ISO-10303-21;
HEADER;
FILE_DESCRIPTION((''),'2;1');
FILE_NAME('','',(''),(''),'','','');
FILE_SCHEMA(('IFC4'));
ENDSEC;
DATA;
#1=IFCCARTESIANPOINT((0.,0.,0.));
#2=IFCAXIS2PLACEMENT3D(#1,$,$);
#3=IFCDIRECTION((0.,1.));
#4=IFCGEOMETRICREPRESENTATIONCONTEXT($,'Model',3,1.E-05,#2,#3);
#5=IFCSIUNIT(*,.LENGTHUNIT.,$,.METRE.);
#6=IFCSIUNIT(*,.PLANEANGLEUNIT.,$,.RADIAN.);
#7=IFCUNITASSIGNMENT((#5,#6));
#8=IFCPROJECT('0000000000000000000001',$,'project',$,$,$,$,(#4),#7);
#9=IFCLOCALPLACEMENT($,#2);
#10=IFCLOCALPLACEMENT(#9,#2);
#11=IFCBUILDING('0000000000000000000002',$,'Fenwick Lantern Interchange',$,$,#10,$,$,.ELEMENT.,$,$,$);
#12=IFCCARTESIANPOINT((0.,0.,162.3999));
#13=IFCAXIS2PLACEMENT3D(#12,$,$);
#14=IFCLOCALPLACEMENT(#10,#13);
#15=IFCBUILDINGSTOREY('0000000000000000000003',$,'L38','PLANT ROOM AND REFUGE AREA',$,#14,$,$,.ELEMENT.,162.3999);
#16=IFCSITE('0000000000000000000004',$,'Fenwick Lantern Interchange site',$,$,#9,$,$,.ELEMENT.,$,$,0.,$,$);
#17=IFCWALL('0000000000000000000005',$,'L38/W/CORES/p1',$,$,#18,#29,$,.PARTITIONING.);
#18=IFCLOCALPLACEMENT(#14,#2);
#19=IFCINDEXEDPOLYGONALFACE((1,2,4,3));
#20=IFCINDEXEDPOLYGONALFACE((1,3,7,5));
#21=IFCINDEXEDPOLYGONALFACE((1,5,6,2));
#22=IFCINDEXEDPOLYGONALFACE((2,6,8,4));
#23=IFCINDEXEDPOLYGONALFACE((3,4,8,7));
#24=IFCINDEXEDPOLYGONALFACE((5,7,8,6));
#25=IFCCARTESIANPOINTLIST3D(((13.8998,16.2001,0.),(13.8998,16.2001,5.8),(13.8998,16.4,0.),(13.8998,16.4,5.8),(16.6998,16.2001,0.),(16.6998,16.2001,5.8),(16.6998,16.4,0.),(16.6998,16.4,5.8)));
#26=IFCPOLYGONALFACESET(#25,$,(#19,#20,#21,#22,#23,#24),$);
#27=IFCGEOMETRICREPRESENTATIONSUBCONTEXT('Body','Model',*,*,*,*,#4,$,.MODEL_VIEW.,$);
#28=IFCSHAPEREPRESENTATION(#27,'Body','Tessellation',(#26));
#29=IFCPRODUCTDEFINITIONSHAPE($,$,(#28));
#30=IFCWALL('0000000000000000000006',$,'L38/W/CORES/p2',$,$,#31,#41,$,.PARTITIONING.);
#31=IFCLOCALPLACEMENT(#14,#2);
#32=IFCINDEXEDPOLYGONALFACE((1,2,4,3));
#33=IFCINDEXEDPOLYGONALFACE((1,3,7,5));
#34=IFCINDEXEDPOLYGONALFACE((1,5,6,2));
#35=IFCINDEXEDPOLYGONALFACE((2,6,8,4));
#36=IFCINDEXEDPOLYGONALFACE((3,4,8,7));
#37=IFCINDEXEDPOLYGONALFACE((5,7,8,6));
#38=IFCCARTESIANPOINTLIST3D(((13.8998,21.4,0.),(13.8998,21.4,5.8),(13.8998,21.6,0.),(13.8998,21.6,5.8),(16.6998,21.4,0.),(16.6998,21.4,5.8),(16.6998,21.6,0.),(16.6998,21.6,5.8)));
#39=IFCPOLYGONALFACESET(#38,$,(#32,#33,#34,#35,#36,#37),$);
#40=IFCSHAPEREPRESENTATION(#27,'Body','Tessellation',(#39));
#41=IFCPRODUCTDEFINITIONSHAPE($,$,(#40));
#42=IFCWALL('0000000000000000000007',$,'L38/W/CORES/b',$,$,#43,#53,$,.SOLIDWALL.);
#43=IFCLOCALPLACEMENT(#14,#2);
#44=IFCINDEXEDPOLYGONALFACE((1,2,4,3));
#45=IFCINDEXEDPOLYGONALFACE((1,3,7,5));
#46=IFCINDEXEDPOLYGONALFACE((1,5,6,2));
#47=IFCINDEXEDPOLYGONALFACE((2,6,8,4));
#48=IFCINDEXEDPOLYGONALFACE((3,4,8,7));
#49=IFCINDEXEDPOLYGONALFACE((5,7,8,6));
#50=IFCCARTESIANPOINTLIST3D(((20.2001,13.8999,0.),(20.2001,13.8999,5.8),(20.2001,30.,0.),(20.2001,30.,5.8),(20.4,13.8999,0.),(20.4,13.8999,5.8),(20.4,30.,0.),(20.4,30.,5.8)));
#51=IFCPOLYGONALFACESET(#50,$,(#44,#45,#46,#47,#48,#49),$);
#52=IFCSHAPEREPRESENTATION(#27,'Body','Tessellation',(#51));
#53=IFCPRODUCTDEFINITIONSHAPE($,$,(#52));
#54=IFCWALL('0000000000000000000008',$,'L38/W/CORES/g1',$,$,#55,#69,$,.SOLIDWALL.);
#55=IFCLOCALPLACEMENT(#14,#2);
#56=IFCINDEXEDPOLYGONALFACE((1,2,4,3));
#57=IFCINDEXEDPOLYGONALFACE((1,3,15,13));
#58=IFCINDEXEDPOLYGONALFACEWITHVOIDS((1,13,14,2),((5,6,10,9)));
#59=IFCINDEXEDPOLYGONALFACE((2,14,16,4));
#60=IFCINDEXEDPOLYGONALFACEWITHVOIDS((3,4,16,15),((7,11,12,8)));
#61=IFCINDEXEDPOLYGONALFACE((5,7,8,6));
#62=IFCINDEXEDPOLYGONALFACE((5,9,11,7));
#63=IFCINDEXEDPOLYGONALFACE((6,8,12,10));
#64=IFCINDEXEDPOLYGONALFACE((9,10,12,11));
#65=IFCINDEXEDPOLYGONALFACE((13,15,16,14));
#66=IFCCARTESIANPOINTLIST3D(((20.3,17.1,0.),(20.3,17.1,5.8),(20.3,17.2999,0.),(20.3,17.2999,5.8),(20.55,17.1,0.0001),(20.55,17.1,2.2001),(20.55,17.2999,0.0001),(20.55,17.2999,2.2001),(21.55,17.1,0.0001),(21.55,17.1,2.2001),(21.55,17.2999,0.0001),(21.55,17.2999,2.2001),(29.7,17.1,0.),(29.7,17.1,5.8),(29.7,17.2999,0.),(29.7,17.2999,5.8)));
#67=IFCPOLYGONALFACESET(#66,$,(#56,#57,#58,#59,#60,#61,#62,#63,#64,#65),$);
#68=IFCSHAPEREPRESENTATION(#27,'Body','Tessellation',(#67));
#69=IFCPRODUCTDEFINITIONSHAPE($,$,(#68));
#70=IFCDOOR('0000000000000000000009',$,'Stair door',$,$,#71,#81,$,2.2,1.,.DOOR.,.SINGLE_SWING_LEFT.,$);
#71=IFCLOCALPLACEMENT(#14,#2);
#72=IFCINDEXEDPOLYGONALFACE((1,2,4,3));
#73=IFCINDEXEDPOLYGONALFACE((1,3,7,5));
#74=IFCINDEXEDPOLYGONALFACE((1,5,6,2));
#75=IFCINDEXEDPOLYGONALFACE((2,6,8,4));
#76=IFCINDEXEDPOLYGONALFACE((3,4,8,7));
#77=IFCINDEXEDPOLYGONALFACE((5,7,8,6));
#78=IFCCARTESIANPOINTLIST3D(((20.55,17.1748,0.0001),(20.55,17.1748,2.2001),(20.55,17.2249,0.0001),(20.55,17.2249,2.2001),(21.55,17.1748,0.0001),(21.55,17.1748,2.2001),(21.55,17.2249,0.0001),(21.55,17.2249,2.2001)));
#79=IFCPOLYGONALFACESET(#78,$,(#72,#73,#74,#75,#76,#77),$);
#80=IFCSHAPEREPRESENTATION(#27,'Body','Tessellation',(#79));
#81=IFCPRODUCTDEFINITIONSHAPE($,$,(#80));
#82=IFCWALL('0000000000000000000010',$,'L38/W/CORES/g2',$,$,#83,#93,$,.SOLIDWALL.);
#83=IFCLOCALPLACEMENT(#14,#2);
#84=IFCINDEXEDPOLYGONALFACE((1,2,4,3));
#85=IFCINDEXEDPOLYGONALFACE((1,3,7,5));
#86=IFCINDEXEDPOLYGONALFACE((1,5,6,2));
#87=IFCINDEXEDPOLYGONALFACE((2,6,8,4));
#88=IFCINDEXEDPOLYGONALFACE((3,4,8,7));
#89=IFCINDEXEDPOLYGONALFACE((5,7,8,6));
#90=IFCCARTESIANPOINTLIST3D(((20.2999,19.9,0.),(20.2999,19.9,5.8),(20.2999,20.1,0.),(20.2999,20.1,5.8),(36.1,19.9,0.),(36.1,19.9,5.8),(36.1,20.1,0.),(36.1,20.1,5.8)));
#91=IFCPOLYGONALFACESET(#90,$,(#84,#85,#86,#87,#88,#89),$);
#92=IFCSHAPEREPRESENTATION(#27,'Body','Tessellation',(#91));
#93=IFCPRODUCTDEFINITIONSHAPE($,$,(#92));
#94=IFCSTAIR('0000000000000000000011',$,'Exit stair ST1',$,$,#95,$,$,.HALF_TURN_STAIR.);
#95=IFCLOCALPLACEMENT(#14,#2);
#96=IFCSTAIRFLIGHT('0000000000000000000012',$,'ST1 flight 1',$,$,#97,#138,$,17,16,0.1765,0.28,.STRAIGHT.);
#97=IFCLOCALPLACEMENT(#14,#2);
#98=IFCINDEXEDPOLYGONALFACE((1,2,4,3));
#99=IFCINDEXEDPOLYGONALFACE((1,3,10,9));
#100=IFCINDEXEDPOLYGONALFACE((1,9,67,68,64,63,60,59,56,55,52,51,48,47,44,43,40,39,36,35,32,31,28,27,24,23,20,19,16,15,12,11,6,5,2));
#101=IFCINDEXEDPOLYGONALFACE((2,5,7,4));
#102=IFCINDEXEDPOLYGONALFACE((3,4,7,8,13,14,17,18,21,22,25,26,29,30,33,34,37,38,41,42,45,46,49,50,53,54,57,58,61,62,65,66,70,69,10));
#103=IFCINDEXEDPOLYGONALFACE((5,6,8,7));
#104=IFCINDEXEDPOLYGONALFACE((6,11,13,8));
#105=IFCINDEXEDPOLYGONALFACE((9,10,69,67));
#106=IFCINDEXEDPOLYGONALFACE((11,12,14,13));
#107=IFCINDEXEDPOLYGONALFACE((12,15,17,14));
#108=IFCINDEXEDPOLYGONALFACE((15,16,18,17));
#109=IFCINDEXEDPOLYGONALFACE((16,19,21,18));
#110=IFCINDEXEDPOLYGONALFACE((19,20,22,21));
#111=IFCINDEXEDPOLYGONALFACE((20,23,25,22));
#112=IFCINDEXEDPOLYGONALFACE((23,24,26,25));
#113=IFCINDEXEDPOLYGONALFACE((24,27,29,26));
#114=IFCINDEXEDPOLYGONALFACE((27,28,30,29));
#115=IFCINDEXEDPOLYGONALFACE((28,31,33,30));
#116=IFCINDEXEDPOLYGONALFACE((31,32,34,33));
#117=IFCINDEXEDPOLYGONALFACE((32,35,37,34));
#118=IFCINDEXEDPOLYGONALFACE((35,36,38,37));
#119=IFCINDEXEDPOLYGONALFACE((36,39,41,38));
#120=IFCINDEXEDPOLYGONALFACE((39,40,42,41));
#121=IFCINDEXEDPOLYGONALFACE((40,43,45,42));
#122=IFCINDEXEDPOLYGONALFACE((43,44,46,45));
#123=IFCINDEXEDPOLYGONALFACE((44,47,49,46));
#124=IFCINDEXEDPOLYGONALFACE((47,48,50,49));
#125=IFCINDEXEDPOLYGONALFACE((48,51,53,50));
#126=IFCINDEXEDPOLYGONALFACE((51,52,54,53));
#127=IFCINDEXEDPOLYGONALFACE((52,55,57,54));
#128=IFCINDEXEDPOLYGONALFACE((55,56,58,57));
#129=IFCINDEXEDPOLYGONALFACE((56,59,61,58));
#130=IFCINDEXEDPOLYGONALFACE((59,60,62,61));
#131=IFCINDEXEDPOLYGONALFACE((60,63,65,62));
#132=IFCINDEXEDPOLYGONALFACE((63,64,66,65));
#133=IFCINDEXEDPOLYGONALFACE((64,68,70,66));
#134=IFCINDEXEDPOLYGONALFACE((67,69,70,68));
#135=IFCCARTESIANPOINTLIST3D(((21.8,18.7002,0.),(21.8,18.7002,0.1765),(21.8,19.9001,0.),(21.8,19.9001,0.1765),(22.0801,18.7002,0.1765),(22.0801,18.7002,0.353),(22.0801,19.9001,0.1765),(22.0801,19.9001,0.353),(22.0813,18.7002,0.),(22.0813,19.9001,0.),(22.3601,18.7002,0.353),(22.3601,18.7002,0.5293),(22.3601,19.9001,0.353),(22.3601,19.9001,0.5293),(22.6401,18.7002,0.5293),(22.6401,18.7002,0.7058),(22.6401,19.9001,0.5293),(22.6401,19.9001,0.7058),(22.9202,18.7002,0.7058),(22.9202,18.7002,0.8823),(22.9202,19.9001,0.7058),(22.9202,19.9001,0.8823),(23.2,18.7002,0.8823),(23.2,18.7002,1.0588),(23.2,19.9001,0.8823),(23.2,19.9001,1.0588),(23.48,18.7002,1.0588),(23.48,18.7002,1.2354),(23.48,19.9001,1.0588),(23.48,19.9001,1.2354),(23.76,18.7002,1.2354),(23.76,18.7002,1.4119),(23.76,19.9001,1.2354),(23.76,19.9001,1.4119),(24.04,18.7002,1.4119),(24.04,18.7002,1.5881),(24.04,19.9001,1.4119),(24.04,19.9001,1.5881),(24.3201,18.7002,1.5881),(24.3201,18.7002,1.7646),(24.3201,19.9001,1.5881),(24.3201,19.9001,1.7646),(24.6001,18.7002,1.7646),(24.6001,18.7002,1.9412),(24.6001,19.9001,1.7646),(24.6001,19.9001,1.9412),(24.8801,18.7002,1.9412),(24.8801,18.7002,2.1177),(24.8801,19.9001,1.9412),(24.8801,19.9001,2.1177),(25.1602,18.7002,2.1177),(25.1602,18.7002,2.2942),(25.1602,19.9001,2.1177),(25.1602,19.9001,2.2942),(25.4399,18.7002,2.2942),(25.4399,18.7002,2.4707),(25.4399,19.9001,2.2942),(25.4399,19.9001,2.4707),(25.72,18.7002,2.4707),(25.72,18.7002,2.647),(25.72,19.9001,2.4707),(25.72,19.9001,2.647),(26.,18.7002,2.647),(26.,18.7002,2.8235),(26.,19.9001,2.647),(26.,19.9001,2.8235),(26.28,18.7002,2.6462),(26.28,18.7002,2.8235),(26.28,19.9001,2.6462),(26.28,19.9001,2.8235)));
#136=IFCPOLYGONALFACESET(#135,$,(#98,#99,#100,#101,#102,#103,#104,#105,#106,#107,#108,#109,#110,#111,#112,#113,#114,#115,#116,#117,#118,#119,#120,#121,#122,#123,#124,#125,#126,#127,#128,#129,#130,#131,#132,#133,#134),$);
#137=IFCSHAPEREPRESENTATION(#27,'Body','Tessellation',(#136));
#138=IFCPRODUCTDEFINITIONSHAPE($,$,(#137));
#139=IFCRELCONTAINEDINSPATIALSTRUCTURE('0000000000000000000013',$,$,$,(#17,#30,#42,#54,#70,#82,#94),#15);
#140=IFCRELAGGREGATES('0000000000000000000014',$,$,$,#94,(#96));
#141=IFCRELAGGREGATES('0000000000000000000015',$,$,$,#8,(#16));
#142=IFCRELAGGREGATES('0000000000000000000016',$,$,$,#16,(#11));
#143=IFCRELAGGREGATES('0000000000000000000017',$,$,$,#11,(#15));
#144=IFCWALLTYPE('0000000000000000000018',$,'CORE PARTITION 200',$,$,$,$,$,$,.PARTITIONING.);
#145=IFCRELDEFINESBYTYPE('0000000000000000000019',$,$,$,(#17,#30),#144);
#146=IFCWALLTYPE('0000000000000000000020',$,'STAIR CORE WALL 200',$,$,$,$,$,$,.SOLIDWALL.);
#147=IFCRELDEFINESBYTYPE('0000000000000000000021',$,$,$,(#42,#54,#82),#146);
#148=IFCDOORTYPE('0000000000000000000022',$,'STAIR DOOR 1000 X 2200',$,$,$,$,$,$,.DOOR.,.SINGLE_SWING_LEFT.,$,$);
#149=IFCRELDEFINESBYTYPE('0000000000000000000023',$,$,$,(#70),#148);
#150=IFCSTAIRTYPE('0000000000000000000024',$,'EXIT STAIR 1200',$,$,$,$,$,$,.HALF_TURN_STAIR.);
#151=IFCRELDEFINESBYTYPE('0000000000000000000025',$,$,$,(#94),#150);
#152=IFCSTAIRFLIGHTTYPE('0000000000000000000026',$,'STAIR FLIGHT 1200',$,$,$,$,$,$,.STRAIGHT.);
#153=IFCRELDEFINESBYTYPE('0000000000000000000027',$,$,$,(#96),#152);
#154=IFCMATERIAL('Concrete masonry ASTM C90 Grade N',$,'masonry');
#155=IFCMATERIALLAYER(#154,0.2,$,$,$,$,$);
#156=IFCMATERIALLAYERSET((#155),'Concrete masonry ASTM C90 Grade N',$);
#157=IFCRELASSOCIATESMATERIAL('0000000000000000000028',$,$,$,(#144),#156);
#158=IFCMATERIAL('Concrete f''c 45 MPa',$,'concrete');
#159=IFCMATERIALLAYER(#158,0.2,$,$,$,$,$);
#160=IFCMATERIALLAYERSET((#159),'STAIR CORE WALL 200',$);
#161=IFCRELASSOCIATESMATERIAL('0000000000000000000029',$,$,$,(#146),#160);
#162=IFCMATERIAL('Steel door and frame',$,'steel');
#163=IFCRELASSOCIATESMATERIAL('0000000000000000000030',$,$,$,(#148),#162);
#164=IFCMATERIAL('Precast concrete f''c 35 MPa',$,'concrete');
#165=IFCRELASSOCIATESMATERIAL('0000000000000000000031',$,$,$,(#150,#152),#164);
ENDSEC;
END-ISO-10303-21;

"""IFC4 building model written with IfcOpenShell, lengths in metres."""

from ifc_helpers import new_model, si_unit, direction, frame, frame_2d, origin, place, context, subcontext, project, spatial, polyline, rectangle, outline, extrude, material, layer, layer_set, type_object, element, fill, aggregate, save


model = new_model("IFC4")

# Units and contexts
model_context = context("Model", 3, precision=1e-05, world=origin(), true_north=direction((0.0, 1.0)))
body_context = subcontext(model_context, "Body", "Model", "MODEL_VIEW")
ifc_project = project(units=[si_unit("LENGTHUNIT", "METRE"), si_unit("PLANEANGLEUNIT", "RADIAN")], contexts=[model_context])

# Site, building, storey
site_placement = place(None, origin())
site = spatial("IfcSite", under=ifc_project, at=site_placement, Name="Fenwick Lantern Interchange site", CompositionType="ELEMENT", RefElevation=0.0)
building_placement = place(site_placement, origin())
building = spatial("IfcBuilding", under=site, at=building_placement, Name="Fenwick Lantern Interchange", CompositionType="ELEMENT")
storey_placement = place(building_placement, frame((0.0, 0.0, 162.3999)))
storey = spatial("IfcBuildingStorey", under=building, at=storey_placement, Name="L38", Description="PLANT ROOM AND REFUGE AREA", CompositionType="ELEMENT", Elevation=162.3999)

# Shared definitions
ifc_material_1 = material(Name="Concrete masonry ASTM C90 Grade N", Category="masonry")
ifc_layer_1 = layer(ifc_material_1, 0.2)
ifc_layer_set_1 = layer_set([ifc_layer_1], Name="Concrete masonry ASTM C90 Grade N")
wall_type_1 = type_object("IfcWallType", Name="CORE PARTITION 200", PredefinedType="PARTITIONING", material=ifc_layer_set_1)
ifc_material_2 = material(Name="Steel door and frame", Category="steel")

# Walls
for number, where, z_axis, x_axis, name in (
    (1, (13.8999, 16.3, 0.0), (0.0, 0.0, 1.0), (1.0, 0.0, 0.0), "L38/W/CORES/p1"),
    (2, (13.8999, 21.5, 0.0), (0.0, 0.0, 1.0), (1.0, 0.0, 0.0), "L38/W/CORES/p2"),
):
    element("IfcWall", number, at=place(storey_placement, frame(where, z_axis=z_axis, x_axis=x_axis)), inside=storey, type_object=wall_type_1, Name=name, PredefinedType="PARTITIONING", context=body_context, shape_type="SweptSolid", body=[
        extrude(rectangle(XDim=2.8, YDim=0.2, at=frame_2d((1.3999, 0.0))), origin(), (0.0, 0.0, 1.0), 5.8),
    ])

# Wall
ifc_material_3 = material(Name="Concrete f'c 45 MPa", Category="concrete")
ifc_layer_2 = layer(ifc_material_3, 0.2)
ifc_layer_set_2 = layer_set([ifc_layer_2], Name="STAIR CORE WALL 200")
wall_type_2 = type_object("IfcWallType", Name="STAIR CORE WALL 200", PredefinedType="SOLIDWALL", material=ifc_layer_set_2)
wall_1_placement = place(storey_placement, frame((20.3, 13.8999, 0.0), z_axis=(0.0, 0.0, 1.0), x_axis=(0.0, 1.0, 0.0)))
element("IfcWall", 3, at=wall_1_placement, inside=storey, type_object=wall_type_2, Name="L38/W/CORES/b", PredefinedType="SOLIDWALL", context=body_context, shape_type="SweptSolid", body=[
    extrude(rectangle(XDim=16.1001, YDim=0.2, at=frame_2d((8.05, 0.0))), origin(), (0.0, 0.0, 1.0), 5.8),
])

# Wall, opening, door
wall_2_placement = place(storey_placement, frame((20.3, 17.2, 0.0), z_axis=(0.0, 0.0, 1.0), x_axis=(1.0, 0.0, 0.0)))
wall_2 = element("IfcWall", 4, at=wall_2_placement, inside=storey, type_object=wall_type_2, Name="L38/W/CORES/g1", PredefinedType="SOLIDWALL", context=body_context, shape_type="SweptSolid", body=[
    extrude(rectangle(XDim=9.3999, YDim=0.2, at=frame_2d((4.7, 0.0))), origin(), (0.0, 0.0, 1.0), 5.8),
])
opening_1_placement = place(wall_2_placement, frame((0.25, 0.0, 0.0)))
opening_1 = element("IfcOpeningElement", 5, at=opening_1_placement, cuts=wall_2, PredefinedType="OPENING", context=body_context, shape_type="SweptSolid", body=[
    extrude(rectangle(XDim=1.0, YDim=2.2, at=frame_2d((0.5, 1.1001))), frame((0.0, 0.1099, 0.0), z_axis=(0.0, -1.0, 0.0), x_axis=(1.0, 0.0, 0.0)), (0.0, 0.0, 1.0), 0.22),
])
door_type_1 = type_object("IfcDoorType", Name="STAIR DOOR 1000 X 2200", OperationType="SINGLE_SWING_LEFT", PredefinedType="DOOR", material=ifc_material_2)
door_1_placement = place(opening_1_placement, origin())
door_1 = element("IfcDoor", 6, at=door_1_placement, inside=storey, type_object=door_type_1, Name="Stair door", OperationType="SINGLE_SWING_LEFT", OverallHeight=2.2, OverallWidth=1.0, PredefinedType="DOOR", context=body_context, shape_type="SweptSolid", body=[
    extrude(rectangle(XDim=1.0, YDim=2.2, at=frame_2d((0.5, 1.1001))), frame((0.0, 0.0249, 0.0), z_axis=(0.0, -1.0, 0.0), x_axis=(1.0, 0.0, 0.0)), (0.0, 0.0, 1.0), 0.05),
])
fill(opening_1, door_1)

# Wall
wall_3_placement = place(storey_placement, frame((20.3, 20.0, 0.0), z_axis=(0.0, 0.0, 1.0), x_axis=(1.0, 0.0, 0.0)))
element("IfcWall", 7, at=wall_3_placement, inside=storey, type_object=wall_type_2, Name="L38/W/CORES/g2", PredefinedType="SOLIDWALL", context=body_context, shape_type="SweptSolid", body=[
    extrude(rectangle(XDim=15.8, YDim=0.2, at=frame_2d((7.8999, 0.0))), origin(), (0.0, 0.0, 1.0), 5.8),
])

# Stair, stair flight
ifc_material_4 = material(Name="Precast concrete f'c 35 MPa", Category="concrete")
stair_type = type_object("IfcStairType", Name="EXIT STAIR 1200", PredefinedType="HALF_TURN_STAIR", material=ifc_material_4)
stair_placement = place(storey_placement, origin())
stair = element("IfcStair", 8, at=stair_placement, inside=storey, type_object=stair_type, Name="Exit stair ST1", PredefinedType="HALF_TURN_STAIR")
stair_flight_type = type_object("IfcStairFlightType", Name="STAIR FLIGHT 1200", PredefinedType="STRAIGHT", material=ifc_material_4)
stair_flight_placement = place(storey_placement, frame((21.8, 19.3, 0.0), z_axis=(0.0, 0.0, 1.0), x_axis=(1.0, 0.0, 0.0)))
stair_flight = element("IfcStairFlight", 9, at=stair_flight_placement, type_object=stair_flight_type, Name="ST1 flight 1", NumberOfRisers=17, NumberOfTreads=16, PredefinedType="STRAIGHT", RiserHeight=0.1765, TreadLength=0.28, context=body_context, shape_type="SweptSolid", body=[
    extrude(outline(polyline([(0.0, 0.0), (0.0, 0.1765), (0.28, 0.1765), (0.28, 0.353), (0.5601, 0.353), (0.5601, 0.5293), (0.8401, 0.5293), (0.8401, 0.7058), (1.1201, 0.7058), (1.1201, 0.8823), (1.3999, 0.8823), (1.3999, 1.0588), (1.6799, 1.0588), (1.6799, 1.2354), (1.96, 1.2354), (1.96, 1.4119), (2.24, 1.4119), (2.24, 1.5881), (2.52, 1.5881), (2.52, 1.7646), (2.8, 1.7646), (2.8, 1.9412), (3.0801, 1.9412), (3.0801, 2.1177), (3.3601, 2.1177), (3.3601, 2.2942), (3.6399, 2.2942), (3.6399, 2.4707), (3.9199, 2.4707), (3.9199, 2.647), (4.2, 2.647), (4.2, 2.8235), (4.48, 2.8235), (4.48, 3.0), (4.48, 2.6462), (0.2812, 0.0), (0.0, 0.0)])), frame((0.0, 0.6001, 0.0), z_axis=(0.0, -1.0, 0.0), x_axis=(1.0, 0.0, 0.0)), (0.0, 0.0, 1.0), 1.2),
])
aggregate(stair, [stair_flight])

save(model, "model.ifc")
